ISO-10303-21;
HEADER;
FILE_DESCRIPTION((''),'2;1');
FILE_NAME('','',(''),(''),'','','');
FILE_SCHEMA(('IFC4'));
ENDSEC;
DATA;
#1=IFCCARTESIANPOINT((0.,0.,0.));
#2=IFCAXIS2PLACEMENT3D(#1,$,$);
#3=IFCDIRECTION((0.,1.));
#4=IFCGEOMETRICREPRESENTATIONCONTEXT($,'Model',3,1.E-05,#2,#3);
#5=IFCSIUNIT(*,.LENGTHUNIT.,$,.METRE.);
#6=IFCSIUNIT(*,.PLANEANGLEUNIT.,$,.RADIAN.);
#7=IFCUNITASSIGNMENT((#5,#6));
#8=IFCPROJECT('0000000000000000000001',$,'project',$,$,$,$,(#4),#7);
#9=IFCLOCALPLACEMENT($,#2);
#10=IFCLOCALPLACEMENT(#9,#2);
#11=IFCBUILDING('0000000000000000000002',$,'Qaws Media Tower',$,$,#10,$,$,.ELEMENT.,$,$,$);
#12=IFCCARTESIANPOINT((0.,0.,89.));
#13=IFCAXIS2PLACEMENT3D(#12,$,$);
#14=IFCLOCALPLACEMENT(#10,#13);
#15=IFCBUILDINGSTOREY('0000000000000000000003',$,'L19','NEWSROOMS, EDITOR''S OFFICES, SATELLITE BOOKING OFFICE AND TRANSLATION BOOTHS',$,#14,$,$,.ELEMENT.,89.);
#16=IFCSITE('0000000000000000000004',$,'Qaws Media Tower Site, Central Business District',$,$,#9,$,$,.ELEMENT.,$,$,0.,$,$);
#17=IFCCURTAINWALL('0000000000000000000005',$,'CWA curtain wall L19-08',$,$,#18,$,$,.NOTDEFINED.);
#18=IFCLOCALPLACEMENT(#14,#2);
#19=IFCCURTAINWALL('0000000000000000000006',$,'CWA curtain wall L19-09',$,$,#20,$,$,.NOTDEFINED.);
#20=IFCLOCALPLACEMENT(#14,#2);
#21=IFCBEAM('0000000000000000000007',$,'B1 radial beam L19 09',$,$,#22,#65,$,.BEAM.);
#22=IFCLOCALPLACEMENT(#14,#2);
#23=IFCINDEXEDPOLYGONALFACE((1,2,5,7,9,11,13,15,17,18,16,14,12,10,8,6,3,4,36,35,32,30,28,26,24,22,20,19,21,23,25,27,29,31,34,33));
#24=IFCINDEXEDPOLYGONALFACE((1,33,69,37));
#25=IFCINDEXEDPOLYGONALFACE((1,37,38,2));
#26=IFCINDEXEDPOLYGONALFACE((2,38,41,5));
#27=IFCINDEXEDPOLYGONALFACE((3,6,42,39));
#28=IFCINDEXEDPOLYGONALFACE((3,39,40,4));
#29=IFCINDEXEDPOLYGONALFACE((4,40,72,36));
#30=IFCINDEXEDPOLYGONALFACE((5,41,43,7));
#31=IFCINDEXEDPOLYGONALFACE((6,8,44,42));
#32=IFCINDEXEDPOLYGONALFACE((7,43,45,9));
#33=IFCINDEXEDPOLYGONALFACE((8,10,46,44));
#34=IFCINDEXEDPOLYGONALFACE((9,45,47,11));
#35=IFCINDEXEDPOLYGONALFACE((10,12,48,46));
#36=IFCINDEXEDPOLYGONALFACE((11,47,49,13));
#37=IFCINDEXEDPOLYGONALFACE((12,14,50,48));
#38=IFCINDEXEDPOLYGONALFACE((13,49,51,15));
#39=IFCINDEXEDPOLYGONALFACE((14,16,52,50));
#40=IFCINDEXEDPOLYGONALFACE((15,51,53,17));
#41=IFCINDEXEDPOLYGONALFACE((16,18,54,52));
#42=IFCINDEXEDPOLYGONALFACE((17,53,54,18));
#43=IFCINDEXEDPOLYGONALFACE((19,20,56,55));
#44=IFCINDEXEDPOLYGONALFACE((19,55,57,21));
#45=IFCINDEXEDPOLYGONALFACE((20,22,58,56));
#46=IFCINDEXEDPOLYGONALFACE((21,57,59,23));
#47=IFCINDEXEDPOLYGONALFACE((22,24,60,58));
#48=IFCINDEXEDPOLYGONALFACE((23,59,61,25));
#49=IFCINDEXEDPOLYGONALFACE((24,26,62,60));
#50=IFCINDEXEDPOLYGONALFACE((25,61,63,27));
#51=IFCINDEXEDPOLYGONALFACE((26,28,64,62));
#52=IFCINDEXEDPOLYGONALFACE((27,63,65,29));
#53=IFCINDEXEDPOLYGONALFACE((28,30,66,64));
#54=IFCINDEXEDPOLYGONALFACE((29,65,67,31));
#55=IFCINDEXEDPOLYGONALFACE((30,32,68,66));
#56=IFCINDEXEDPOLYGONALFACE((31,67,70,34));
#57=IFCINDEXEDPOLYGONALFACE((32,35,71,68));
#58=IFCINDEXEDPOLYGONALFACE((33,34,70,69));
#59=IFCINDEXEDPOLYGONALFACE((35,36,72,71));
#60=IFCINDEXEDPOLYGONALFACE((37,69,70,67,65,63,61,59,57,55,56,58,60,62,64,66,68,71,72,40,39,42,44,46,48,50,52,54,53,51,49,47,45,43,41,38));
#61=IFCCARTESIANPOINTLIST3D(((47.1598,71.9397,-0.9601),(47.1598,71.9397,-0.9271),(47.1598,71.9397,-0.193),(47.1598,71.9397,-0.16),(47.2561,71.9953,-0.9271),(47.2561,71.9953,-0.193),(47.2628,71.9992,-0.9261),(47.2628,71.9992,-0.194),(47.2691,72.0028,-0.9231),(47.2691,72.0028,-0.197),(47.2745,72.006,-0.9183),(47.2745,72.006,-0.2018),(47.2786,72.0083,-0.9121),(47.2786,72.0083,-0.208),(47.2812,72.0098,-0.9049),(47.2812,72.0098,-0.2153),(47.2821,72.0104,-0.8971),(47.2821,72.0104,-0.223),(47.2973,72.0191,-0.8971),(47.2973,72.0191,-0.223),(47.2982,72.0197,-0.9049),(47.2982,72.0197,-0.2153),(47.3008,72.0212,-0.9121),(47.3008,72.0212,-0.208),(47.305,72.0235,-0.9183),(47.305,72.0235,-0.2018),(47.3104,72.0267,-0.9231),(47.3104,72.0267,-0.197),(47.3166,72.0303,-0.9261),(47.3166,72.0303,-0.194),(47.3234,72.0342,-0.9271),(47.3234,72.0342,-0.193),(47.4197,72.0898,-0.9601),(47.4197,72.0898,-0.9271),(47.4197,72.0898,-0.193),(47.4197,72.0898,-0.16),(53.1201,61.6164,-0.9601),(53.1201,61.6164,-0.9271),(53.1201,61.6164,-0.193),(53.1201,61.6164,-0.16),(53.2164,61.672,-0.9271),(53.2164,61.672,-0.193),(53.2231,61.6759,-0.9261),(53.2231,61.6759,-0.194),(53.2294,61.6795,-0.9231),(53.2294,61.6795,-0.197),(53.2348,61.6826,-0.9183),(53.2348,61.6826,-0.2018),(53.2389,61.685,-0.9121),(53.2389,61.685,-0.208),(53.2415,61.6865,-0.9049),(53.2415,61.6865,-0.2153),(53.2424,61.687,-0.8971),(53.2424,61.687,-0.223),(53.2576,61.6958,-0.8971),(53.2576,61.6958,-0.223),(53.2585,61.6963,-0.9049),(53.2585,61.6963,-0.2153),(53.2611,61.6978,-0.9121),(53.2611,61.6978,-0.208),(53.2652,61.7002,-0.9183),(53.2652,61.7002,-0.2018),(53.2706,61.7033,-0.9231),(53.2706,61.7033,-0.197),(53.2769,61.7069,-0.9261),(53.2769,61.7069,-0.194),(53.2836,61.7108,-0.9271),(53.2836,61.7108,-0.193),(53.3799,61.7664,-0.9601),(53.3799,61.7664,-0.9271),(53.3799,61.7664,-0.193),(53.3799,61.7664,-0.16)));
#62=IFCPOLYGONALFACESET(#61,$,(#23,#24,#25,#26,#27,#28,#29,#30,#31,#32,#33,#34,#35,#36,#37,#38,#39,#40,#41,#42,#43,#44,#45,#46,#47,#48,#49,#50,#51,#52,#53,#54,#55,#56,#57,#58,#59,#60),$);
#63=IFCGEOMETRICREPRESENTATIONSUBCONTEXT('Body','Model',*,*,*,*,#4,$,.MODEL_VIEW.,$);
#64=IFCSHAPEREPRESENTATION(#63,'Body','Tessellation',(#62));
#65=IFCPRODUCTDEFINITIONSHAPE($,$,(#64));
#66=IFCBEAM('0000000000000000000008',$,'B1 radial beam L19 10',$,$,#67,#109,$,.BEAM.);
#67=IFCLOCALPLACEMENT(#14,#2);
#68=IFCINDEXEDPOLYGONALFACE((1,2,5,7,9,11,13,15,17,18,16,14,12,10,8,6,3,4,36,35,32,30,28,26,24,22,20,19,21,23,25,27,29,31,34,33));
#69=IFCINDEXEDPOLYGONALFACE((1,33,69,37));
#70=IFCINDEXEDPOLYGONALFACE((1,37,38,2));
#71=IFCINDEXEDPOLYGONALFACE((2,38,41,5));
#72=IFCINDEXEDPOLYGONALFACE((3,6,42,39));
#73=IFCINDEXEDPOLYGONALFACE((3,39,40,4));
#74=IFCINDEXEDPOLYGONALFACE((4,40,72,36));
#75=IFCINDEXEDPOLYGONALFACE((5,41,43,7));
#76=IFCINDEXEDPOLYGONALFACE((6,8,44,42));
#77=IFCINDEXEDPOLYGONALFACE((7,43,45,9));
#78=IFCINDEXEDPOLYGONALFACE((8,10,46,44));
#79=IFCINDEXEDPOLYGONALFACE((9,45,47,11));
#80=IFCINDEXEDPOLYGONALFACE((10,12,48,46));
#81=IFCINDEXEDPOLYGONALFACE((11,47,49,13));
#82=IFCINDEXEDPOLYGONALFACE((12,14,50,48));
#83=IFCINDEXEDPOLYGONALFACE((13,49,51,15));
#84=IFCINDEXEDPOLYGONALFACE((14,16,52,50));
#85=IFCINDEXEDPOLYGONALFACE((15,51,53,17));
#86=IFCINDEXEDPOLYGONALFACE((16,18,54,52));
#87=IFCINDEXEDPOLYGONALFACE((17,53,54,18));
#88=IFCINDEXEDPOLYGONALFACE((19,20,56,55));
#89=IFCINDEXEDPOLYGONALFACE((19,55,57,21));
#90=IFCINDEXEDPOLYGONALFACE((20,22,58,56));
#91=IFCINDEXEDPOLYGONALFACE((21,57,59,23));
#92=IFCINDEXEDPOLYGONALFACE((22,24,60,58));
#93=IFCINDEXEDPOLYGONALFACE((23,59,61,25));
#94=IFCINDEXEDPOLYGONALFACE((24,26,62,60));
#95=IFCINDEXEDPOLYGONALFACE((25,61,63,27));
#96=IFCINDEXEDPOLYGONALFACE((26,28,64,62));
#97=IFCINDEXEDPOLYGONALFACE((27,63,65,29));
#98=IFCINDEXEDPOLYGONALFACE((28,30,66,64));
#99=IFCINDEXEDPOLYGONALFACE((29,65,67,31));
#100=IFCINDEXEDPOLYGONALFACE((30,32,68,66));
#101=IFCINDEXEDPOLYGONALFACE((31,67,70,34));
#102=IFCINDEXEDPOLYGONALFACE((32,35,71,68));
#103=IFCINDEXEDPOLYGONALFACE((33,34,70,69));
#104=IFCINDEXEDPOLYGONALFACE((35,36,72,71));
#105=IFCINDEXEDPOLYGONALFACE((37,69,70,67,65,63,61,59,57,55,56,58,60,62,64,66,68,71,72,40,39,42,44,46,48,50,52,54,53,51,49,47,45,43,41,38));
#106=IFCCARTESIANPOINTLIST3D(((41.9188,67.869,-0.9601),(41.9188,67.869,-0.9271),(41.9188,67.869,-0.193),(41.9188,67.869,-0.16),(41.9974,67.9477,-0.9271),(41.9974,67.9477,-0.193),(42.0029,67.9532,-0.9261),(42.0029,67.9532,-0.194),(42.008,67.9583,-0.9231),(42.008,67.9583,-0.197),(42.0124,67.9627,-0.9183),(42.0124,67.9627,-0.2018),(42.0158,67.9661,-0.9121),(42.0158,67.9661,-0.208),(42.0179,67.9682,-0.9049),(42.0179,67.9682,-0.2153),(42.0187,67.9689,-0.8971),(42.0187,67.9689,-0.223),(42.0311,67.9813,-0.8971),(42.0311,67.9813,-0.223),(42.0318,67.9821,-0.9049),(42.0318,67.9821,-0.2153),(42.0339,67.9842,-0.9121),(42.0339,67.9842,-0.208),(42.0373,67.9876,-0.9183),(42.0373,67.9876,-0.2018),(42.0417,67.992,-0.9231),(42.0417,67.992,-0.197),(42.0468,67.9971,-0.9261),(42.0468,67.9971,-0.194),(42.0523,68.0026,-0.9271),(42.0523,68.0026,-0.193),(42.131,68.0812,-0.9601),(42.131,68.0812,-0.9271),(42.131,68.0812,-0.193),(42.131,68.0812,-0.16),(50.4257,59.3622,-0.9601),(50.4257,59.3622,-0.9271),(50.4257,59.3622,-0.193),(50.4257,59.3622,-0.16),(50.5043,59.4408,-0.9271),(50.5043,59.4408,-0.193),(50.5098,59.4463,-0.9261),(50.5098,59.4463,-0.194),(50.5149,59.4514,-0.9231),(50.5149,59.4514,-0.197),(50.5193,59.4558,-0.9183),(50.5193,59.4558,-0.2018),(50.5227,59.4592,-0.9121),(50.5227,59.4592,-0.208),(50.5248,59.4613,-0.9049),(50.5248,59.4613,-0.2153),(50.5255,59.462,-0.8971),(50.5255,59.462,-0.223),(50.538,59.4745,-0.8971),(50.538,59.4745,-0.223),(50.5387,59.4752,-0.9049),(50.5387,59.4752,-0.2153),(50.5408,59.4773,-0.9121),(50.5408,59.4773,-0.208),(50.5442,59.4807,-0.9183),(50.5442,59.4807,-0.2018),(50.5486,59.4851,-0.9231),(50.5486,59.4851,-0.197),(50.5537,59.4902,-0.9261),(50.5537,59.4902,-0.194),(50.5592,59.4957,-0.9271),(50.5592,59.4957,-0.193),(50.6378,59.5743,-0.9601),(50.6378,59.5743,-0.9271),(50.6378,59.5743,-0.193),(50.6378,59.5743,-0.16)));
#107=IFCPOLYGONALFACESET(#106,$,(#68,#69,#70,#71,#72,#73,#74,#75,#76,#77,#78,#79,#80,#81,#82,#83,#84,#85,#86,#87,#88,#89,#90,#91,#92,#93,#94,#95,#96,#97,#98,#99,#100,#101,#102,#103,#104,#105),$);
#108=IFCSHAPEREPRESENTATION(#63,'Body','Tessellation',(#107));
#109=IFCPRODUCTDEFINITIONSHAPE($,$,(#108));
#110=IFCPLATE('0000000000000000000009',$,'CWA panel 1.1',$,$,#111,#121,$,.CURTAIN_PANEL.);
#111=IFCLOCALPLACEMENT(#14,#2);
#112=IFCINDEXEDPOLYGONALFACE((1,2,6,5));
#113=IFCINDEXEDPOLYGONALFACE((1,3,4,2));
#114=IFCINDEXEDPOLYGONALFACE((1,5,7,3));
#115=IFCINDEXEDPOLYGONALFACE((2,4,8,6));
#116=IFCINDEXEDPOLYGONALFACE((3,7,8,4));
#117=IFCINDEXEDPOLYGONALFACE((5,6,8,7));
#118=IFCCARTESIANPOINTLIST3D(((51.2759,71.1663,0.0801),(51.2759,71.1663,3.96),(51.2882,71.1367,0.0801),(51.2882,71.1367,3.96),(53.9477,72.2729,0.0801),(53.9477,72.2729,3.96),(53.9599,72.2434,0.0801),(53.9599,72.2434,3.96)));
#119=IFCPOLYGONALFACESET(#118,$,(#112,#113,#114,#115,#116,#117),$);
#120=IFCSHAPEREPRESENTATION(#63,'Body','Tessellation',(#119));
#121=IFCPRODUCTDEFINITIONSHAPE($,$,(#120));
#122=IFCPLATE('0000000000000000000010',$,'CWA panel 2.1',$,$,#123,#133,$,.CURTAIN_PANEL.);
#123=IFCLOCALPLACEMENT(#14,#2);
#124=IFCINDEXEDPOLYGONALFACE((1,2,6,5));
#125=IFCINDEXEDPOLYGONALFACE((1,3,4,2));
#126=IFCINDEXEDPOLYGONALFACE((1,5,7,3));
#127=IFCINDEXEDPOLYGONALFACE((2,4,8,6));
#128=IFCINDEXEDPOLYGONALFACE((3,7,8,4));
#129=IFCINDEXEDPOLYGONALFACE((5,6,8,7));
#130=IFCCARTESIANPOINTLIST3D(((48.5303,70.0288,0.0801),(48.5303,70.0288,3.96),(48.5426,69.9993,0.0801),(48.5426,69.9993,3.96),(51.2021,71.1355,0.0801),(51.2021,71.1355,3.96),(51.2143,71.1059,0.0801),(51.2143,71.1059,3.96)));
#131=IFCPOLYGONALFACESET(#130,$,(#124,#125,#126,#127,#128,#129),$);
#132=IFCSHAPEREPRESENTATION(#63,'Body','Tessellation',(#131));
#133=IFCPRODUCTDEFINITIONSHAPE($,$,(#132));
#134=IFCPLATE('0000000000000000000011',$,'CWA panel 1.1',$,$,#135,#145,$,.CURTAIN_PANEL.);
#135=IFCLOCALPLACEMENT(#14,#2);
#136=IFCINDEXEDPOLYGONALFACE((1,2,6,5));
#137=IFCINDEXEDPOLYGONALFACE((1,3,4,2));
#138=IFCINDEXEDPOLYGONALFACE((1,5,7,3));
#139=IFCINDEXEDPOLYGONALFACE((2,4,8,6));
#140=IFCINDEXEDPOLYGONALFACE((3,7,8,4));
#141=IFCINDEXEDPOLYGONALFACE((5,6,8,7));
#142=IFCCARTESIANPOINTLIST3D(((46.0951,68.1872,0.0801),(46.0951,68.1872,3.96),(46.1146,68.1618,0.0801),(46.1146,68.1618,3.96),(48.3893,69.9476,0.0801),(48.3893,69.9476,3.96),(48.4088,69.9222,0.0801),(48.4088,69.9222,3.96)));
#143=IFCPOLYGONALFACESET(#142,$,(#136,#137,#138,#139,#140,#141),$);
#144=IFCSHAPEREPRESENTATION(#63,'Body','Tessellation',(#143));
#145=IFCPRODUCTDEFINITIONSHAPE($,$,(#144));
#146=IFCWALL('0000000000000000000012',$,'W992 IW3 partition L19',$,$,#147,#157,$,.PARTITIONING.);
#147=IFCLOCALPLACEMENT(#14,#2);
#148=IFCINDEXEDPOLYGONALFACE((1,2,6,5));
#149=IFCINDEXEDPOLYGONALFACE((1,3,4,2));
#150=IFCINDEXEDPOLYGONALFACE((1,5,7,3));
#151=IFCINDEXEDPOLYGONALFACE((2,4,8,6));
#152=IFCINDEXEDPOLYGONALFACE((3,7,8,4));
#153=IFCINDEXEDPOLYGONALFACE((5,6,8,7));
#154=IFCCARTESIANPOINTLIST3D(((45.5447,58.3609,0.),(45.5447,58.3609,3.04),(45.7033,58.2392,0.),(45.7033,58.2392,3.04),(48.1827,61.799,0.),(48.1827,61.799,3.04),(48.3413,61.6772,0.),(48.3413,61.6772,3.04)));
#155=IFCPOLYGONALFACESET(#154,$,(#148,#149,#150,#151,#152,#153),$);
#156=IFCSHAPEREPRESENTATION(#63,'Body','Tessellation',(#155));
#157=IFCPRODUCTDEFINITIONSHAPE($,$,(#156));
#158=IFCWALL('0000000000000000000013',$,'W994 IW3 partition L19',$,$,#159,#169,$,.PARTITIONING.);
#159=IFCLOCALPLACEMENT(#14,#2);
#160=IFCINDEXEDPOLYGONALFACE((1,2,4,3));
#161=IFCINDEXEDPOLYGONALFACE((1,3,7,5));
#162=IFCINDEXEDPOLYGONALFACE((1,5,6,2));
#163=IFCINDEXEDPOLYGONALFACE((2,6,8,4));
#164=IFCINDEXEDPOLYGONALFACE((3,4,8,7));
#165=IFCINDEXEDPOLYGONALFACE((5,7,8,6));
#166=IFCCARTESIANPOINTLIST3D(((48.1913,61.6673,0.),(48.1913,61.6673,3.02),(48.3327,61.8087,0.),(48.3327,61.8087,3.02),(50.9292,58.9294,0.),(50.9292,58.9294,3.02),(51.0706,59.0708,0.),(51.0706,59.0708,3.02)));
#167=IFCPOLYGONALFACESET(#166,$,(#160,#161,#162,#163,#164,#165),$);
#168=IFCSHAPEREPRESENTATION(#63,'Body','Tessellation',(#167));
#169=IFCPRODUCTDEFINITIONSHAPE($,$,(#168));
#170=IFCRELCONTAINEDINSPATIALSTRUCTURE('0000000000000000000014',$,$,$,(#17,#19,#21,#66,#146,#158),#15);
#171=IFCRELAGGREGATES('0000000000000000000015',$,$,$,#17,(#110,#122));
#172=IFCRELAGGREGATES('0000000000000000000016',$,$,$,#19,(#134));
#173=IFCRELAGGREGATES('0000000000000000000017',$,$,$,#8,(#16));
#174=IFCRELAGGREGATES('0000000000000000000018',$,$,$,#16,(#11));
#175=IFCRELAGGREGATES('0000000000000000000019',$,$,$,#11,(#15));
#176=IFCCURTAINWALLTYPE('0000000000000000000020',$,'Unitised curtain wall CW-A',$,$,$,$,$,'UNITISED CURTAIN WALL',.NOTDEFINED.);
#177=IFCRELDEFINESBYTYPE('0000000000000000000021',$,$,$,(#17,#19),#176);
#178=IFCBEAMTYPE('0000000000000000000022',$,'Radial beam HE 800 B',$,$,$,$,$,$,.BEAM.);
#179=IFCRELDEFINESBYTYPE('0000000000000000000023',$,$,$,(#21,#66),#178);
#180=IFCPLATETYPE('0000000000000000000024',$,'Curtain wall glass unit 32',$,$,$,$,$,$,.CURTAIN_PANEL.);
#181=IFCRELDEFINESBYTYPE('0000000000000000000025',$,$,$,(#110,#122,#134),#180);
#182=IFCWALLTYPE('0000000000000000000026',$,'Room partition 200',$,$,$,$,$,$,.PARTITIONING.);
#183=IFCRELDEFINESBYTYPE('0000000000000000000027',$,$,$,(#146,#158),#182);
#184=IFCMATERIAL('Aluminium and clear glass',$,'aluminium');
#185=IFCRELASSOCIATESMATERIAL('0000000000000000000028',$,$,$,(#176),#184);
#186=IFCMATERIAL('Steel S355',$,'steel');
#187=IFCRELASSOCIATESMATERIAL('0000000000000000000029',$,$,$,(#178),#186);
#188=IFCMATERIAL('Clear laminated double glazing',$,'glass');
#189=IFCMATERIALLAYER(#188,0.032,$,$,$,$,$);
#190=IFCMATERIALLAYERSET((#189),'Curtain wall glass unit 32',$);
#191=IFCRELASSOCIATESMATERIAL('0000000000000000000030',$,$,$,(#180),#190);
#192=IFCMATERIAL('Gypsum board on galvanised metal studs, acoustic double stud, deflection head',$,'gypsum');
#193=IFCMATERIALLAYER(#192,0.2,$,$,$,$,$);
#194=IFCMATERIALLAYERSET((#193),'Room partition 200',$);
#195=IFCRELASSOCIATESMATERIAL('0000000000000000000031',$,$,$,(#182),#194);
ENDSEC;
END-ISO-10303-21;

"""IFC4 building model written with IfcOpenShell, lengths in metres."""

from ifc_helpers import new_model, si_unit, direction, frame, frame_2d, origin, origin_2d, place, context, subcontext, project, spatial, rectangle, i_section, extrude, material, layer, layer_set, material_profile, profile_set, type_object, element, aggregate, save


model = new_model("IFC4")

# Units and contexts
model_context = context("Model", 3, precision=1e-05, world=origin(), true_north=direction((0.0, 1.0)))
body_context = subcontext(model_context, "Body", "Model", "MODEL_VIEW")
ifc_project = project(units=[si_unit("LENGTHUNIT", "METRE"), si_unit("PLANEANGLEUNIT", "RADIAN")], contexts=[model_context])

# Site, building, storey
site_placement = place(None, origin())
site = spatial("IfcSite", under=ifc_project, at=site_placement, Name="Qaws Media Tower Site, Central Business District", CompositionType="ELEMENT", RefElevation=0.0)
building_placement = place(site_placement, origin())
building = spatial("IfcBuilding", under=site, at=building_placement, Name="Qaws Media Tower", CompositionType="ELEMENT")
storey_placement = place(building_placement, frame((0.0, 0.0, 89.0)))
storey = spatial("IfcBuildingStorey", under=building, at=storey_placement, Name="L19", Description="NEWSROOMS, EDITOR'S OFFICES, SATELLITE BOOKING OFFICE AND TRANSLATION BOOTHS", CompositionType="ELEMENT", Elevation=89.0)

# Curtain walls
ifc_material_1 = material(Name="Aluminium and clear glass", Category="aluminium")
curtain_wall_type = type_object("IfcCurtainWallType", Name="Unitised curtain wall CW-A", ElementType="UNITISED CURTAIN WALL", PredefinedType="NOTDEFINED", material=ifc_material_1)
curtain_wall_1_placement = place(storey_placement, origin())
curtain_wall_1 = element("IfcCurtainWall", 1, at=curtain_wall_1_placement, inside=storey, type_object=curtain_wall_type, Name="CWA curtain wall L19-08", PredefinedType="NOTDEFINED")
curtain_wall_2_placement = place(storey_placement, origin())
curtain_wall_2 = element("IfcCurtainWall", 2, at=curtain_wall_2_placement, inside=storey, type_object=curtain_wall_type, Name="CWA curtain wall L19-09", PredefinedType="NOTDEFINED")

# Beams
ifc_material_2 = material(Name="Steel S355", Category="steel")
ifc_material_profile_1 = material_profile(ifc_material_2, i_section(OverallWidth=0.3, OverallDepth=0.8, WebThickness=0.0176, FlangeThickness=0.033, FilletRadius=0.03, at=origin_2d()), Name="HE 800 B")
ifc_profile_set_1 = profile_set([ifc_material_profile_1], Name="Steel S355")
beam_type_1 = type_object("IfcBeamType", Name="Radial beam HE 800 B", PredefinedType="BEAM", material=ifc_profile_set_1)
beam_1_placement = place(storey_placement, frame((53.25, 61.6914, -0.5601), z_axis=(-0.500005, 0.866023, 0.0), x_axis=(-0.866023, -0.500005, 0.0)))
element("IfcBeam", 3, at=beam_1_placement, inside=storey, type_object=beam_type_1, Name="B1 radial beam L19 09", PredefinedType="BEAM", context=body_context, shape_type="SweptSolid", body=[
    extrude(i_section(OverallWidth=0.3, OverallDepth=0.8, WebThickness=0.0176, FlangeThickness=0.033, FilletRadius=0.03, at=origin_2d()), origin(), (0.0, 0.0, 1.0), 11.9204),
])
beam_2_placement = place(storey_placement, frame((50.5317, 59.4683, -0.5601), z_axis=(-0.707107, 0.707107, 0.0), x_axis=(-0.707107, -0.707107, 0.0)))
element("IfcBeam", 4, at=beam_2_placement, inside=storey, type_object=beam_type_1, Name="B1 radial beam L19 10", PredefinedType="BEAM", context=body_context, shape_type="SweptSolid", body=[
    extrude(i_section(OverallWidth=0.3, OverallDepth=0.8, WebThickness=0.0176, FlangeThickness=0.033, FilletRadius=0.03, at=origin_2d()), origin(), (0.0, 0.0, 1.0), 12.0305),
])

# Plates
ifc_material_3 = material(Name="Clear laminated double glazing", Category="glass")
ifc_layer_1 = layer(ifc_material_3, 0.032)
ifc_layer_set_1 = layer_set([ifc_layer_1], Name="Curtain wall glass unit 32")
plate_type = type_object("IfcPlateType", Name="Curtain wall glass unit 32", PredefinedType="CURTAIN_PANEL", material=ifc_layer_set_1)
plate_1_placement = place(storey_placement, frame((52.6179, 71.7048, 0.0801), z_axis=(0.0, 0.0, 1.0), x_axis=(-0.92388, -0.382683, 0.0)))
plate_1 = element("IfcPlate", 5, at=plate_1_placement, type_object=plate_type, Name="CWA panel 1.1", PredefinedType="CURTAIN_PANEL", context=body_context, shape_type="SweptSolid", body=[
    extrude(rectangle(XDim=2.8918, YDim=0.032, at=origin_2d()), origin(), (0.0, 0.0, 1.0), 3.8799),
])
plate_2_placement = place(storey_placement, frame((49.8723, 70.5674, 0.0801), z_axis=(0.0, 0.0, 1.0), x_axis=(-0.92388, -0.382683, 0.0)))
plate_2 = element("IfcPlate", 6, at=plate_2_placement, type_object=plate_type, Name="CWA panel 2.1", PredefinedType="CURTAIN_PANEL", context=body_context, shape_type="SweptSolid", body=[
    extrude(rectangle(XDim=2.8918, YDim=0.032, at=origin_2d()), origin(), (0.0, 0.0, 1.0), 3.8799),
])
aggregate(curtain_wall_1, [plate_1, plate_2])
plate_3_placement = place(storey_placement, frame((47.252, 69.0547, 0.0801), z_axis=(0.0, 0.0, 1.0), x_axis=(-0.793353, -0.608761, 0.0)))
plate_3 = element("IfcPlate", 7, at=plate_3_placement, type_object=plate_type, Name="CWA panel 1.1", PredefinedType="CURTAIN_PANEL", context=body_context, shape_type="SweptSolid", body=[
    extrude(rectangle(XDim=2.8918, YDim=0.032, at=origin_2d()), origin(), (0.0, 0.0, 1.0), 3.8799),
])
aggregate(curtain_wall_2, [plate_3])

# Walls
ifc_material_4 = material(Name="Gypsum board on galvanised metal studs, acoustic double stud, deflection head", Category="gypsum")
ifc_layer_2 = layer(ifc_material_4, 0.2)
ifc_layer_set_2 = layer_set([ifc_layer_2], Name="Room partition 200")
wall_type = type_object("IfcWallType", Name="Room partition 200", PredefinedType="PARTITIONING", material=ifc_layer_set_2)
wall_1_placement = place(storey_placement, frame((45.624, 58.3, 0.0), z_axis=(0.0, 0.0, 1.0), x_axis=(0.608744, 0.793367, 0.0)))
element("IfcWall", 8, at=wall_1_placement, inside=storey, type_object=wall_type, Name="W992 IW3 partition L19", PredefinedType="PARTITIONING", context=body_context, shape_type="SweptSolid", body=[
    extrude(rectangle(XDim=4.3335, YDim=0.2, at=frame_2d((2.1667, 0.0))), origin(), (0.0, 0.0, 1.0), 3.04),
])
wall_2_placement = place(storey_placement, frame((48.262, 61.738, 0.0), z_axis=(0.0, 0.0, 1.0), x_axis=(0.707107, -0.707107, 0.0)))
element("IfcWall", 9, at=wall_2_placement, inside=storey, type_object=wall_type, Name="W994 IW3 partition L19", PredefinedType="PARTITIONING", context=body_context, shape_type="SweptSolid", body=[
    extrude(rectangle(XDim=3.8721, YDim=0.2, at=frame_2d((1.936, 0.0))), origin(), (0.0, 0.0, 1.0), 3.02),
])

save(model, "model.ifc")
